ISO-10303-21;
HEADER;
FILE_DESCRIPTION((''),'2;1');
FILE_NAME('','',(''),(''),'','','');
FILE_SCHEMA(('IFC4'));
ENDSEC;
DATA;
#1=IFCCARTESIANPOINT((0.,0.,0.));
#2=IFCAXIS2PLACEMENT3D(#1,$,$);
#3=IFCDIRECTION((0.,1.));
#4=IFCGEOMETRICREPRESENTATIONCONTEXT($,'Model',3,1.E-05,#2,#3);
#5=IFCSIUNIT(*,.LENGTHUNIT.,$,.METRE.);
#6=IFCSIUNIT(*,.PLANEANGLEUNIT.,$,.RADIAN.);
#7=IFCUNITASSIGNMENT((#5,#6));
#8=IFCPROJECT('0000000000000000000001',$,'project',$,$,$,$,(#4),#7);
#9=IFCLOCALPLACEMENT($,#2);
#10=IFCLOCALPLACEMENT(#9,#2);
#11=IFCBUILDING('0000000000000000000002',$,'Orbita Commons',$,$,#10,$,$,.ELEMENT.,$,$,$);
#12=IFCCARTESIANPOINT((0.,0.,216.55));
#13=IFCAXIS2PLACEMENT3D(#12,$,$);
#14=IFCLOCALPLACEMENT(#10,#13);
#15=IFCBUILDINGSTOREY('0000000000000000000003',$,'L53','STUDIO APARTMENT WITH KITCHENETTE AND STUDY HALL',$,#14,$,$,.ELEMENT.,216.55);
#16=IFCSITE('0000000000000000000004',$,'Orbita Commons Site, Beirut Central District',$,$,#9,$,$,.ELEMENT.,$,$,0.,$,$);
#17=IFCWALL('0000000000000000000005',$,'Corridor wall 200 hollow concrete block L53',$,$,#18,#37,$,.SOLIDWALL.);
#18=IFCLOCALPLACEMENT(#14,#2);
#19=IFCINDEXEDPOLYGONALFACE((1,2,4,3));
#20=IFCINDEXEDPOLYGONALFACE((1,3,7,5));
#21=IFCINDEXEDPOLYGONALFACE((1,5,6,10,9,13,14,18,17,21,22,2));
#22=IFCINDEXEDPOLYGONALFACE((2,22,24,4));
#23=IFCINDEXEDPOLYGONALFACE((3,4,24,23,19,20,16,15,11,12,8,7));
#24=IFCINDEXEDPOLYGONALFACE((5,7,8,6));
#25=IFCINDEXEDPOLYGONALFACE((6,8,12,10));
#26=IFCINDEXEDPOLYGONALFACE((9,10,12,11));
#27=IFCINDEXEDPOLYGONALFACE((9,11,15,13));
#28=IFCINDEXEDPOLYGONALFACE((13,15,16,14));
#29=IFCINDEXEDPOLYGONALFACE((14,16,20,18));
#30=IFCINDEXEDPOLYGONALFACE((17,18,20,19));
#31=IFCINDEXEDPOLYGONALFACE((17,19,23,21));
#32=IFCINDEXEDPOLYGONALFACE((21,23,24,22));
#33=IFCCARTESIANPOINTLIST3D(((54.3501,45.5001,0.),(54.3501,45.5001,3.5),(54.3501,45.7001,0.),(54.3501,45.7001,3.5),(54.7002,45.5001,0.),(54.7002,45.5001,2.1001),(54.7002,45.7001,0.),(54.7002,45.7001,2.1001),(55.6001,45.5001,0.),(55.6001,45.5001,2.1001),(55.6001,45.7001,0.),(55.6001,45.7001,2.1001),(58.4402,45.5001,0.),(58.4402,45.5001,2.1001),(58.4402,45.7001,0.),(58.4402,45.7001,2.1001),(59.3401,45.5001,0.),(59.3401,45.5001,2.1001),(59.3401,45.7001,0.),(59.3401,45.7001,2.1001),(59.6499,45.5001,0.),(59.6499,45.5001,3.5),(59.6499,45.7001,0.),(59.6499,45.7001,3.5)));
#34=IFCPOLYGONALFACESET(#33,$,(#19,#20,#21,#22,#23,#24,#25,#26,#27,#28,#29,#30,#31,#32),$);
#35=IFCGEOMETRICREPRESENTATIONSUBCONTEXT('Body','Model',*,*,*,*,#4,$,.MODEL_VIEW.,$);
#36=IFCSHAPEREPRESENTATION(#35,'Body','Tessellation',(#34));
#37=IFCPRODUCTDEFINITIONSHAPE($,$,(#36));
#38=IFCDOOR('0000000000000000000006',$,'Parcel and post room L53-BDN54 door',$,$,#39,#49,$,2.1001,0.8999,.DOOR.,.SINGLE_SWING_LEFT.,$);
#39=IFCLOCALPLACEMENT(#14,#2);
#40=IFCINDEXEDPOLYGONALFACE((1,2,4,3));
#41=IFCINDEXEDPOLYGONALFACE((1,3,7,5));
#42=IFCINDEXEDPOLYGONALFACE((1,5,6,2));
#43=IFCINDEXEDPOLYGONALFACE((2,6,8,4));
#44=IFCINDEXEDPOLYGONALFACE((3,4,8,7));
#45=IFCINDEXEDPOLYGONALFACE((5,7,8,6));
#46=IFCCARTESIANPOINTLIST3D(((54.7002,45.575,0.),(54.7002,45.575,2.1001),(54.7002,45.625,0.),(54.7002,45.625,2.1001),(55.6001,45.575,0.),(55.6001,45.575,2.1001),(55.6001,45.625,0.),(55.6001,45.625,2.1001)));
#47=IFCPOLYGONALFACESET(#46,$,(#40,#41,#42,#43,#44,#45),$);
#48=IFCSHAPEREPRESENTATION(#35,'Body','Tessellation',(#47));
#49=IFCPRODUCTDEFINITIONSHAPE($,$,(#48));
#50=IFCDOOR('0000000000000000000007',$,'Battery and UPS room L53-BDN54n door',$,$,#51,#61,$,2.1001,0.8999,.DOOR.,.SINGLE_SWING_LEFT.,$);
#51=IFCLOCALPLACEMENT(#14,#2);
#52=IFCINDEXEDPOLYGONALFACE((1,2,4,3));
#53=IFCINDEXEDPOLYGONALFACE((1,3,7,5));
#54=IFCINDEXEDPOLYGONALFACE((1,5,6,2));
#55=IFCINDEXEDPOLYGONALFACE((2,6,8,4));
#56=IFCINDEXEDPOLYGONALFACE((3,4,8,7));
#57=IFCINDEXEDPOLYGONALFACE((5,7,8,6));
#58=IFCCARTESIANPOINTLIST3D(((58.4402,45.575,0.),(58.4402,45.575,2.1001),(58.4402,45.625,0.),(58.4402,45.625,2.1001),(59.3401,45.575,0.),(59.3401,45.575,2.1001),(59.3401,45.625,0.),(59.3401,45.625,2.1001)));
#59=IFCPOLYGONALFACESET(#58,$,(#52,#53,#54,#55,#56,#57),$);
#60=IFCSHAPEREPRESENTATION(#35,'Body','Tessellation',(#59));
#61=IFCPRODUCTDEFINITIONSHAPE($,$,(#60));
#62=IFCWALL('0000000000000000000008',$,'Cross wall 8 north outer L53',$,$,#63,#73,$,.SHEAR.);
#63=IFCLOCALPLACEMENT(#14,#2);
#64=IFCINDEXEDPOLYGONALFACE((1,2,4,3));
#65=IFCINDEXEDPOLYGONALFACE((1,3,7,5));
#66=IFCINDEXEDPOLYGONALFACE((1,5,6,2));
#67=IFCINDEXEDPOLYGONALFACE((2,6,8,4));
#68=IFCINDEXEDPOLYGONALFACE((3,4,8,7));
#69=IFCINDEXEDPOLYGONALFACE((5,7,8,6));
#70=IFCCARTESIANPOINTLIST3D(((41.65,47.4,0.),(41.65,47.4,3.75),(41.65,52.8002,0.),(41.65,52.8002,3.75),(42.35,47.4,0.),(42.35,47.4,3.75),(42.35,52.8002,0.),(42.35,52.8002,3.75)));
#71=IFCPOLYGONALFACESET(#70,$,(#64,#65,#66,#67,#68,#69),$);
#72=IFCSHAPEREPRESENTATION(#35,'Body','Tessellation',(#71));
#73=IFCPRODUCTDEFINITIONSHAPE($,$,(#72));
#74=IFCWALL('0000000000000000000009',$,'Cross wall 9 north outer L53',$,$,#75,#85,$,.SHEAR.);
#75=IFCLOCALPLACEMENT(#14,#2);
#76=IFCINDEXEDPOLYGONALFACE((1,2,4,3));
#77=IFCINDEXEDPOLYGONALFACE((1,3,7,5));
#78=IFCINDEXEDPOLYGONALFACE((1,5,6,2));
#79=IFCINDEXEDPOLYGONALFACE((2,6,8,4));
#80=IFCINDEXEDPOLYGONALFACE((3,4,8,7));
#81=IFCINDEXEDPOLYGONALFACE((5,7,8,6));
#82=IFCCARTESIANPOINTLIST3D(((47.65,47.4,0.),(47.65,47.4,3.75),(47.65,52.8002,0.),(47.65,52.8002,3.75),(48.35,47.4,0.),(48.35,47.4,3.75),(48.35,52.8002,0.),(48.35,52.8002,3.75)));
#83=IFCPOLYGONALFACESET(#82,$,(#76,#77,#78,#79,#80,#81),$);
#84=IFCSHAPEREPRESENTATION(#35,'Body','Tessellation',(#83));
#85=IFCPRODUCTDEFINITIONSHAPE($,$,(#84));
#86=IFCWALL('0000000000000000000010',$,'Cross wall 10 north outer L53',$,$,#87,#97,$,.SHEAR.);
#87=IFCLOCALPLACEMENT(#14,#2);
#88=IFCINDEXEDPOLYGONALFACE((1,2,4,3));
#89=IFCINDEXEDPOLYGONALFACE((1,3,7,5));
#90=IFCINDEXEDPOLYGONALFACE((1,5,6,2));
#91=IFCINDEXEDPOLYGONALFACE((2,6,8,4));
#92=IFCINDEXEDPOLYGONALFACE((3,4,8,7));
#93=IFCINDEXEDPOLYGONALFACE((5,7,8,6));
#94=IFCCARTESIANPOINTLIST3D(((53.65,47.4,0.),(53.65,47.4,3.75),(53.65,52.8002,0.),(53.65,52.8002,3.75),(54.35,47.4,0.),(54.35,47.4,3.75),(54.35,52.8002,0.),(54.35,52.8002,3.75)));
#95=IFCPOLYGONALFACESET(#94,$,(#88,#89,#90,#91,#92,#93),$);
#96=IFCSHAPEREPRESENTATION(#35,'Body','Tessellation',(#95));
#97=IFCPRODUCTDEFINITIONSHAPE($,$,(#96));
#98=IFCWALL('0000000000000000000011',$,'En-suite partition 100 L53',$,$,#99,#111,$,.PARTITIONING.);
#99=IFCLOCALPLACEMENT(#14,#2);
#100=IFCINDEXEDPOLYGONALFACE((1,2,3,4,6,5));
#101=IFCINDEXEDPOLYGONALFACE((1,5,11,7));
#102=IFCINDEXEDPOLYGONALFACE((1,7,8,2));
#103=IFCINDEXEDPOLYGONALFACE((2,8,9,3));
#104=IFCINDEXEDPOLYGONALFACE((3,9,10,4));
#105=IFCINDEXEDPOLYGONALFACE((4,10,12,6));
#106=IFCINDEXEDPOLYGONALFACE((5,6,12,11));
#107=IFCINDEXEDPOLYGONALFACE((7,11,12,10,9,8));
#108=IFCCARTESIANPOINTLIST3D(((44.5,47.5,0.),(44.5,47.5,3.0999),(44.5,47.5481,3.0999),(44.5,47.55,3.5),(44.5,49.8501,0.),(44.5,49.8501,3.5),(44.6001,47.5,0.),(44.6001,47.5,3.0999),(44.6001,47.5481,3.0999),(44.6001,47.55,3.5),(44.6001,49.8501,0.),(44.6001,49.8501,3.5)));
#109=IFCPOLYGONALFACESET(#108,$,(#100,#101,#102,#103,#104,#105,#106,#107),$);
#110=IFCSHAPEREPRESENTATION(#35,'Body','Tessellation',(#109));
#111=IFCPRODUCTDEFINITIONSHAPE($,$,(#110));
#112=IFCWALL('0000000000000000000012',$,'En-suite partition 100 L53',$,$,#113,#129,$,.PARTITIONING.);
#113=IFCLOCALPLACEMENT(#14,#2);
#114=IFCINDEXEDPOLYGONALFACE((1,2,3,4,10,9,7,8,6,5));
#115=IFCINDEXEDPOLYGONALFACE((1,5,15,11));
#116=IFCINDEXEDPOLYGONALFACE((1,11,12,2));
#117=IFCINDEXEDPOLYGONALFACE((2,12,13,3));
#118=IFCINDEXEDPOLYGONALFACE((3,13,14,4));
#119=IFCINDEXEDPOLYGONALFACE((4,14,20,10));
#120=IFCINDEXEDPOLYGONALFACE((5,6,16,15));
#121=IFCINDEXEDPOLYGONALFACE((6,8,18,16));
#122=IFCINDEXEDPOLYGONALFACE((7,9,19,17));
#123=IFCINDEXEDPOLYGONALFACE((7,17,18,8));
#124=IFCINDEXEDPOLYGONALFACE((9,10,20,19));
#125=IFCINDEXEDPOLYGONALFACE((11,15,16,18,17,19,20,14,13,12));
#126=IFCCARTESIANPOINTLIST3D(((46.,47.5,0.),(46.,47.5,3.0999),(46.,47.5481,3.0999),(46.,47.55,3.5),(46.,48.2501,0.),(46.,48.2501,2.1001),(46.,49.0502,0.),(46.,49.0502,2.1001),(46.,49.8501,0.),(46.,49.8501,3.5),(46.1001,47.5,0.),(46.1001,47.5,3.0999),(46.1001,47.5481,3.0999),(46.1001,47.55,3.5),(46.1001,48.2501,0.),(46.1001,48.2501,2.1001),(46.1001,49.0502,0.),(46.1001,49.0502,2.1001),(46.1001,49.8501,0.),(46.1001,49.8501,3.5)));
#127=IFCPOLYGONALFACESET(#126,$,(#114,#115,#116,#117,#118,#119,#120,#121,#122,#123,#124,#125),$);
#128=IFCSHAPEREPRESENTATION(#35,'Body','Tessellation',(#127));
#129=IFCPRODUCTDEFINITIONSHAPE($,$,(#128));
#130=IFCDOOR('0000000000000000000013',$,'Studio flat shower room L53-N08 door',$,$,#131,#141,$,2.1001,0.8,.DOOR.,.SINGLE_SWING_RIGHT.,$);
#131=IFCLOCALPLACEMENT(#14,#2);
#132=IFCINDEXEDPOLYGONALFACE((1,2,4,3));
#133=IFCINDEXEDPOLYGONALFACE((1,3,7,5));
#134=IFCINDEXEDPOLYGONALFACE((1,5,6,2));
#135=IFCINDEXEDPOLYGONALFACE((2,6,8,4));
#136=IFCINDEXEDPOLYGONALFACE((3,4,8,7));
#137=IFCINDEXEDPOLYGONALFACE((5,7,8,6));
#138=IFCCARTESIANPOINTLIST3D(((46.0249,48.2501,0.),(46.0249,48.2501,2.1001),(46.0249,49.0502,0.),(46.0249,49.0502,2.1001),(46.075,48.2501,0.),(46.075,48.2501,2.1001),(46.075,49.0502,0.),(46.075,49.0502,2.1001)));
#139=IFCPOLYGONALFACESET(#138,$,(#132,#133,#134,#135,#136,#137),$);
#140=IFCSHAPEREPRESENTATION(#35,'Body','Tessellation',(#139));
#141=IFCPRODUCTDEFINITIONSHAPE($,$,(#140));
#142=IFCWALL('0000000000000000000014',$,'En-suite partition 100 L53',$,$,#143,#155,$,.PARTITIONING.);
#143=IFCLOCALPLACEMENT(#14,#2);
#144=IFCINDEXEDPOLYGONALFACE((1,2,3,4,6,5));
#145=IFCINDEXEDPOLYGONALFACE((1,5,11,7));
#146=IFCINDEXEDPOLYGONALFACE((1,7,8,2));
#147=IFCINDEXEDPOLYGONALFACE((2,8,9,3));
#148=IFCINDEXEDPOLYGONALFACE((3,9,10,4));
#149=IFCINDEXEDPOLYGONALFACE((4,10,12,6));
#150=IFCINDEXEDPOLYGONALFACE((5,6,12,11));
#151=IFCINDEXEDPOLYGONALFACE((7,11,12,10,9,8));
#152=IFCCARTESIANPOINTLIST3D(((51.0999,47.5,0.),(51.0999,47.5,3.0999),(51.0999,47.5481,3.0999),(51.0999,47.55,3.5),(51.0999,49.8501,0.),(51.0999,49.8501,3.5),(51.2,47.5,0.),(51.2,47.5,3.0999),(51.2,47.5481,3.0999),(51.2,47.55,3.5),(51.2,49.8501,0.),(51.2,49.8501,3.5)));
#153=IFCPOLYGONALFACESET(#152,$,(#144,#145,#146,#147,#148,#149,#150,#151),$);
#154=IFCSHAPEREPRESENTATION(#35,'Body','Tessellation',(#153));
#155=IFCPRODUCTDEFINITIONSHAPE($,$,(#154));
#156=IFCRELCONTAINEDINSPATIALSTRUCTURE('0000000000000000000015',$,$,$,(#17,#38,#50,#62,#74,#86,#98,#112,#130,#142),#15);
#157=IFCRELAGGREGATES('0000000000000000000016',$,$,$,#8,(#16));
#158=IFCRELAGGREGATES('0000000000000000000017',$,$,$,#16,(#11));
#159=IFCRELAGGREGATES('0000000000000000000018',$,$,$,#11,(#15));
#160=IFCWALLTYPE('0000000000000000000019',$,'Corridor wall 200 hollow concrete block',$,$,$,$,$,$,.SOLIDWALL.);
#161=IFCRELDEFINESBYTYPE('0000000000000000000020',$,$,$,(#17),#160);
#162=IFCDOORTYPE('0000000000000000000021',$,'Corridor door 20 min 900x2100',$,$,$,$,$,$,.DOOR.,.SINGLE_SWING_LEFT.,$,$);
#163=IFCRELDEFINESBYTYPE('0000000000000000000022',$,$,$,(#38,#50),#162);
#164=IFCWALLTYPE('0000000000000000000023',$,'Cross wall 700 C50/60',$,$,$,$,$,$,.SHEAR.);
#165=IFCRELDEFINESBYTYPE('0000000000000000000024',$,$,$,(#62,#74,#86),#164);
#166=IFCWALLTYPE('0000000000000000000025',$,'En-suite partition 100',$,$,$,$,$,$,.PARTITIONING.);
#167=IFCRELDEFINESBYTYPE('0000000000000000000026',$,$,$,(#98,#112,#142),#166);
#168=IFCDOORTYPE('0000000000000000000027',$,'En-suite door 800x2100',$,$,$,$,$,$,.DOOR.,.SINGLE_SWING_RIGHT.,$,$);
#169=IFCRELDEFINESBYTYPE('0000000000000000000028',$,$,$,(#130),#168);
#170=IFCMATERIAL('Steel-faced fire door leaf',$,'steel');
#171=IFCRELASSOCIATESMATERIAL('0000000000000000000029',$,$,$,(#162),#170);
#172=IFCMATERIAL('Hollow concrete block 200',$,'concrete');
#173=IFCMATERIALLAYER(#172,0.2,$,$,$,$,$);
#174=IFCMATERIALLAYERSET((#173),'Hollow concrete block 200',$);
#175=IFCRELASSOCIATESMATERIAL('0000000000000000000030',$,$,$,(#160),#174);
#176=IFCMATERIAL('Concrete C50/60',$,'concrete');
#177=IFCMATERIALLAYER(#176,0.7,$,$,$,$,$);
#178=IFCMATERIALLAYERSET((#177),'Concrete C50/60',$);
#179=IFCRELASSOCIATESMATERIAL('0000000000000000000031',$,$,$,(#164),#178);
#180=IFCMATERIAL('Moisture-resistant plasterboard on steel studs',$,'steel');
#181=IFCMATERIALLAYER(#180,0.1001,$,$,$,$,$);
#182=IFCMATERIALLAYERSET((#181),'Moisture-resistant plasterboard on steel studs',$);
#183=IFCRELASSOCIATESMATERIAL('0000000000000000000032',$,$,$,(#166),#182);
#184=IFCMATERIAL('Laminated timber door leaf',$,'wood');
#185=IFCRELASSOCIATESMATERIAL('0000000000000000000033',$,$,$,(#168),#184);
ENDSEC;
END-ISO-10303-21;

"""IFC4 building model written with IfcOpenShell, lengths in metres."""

from ifc_helpers import new_model, si_unit, direction, frame, frame_2d, origin, place, context, subcontext, project, spatial, polyline, rectangle, outline, extrude, material, layer, layer_set, type_object, element, fill, save


model = new_model("IFC4")

# Units and contexts
model_context = context("Model", 3, precision=1e-05, world=origin(), true_north=direction((0.0, 1.0)))
body_context = subcontext(model_context, "Body", "Model", "MODEL_VIEW")
ifc_project = project(units=[si_unit("LENGTHUNIT", "METRE"), si_unit("PLANEANGLEUNIT", "RADIAN")], contexts=[model_context])

# Site, building, storey
site_placement = place(None, origin())
site = spatial("IfcSite", under=ifc_project, at=site_placement, Name="Orbita Commons Site, Beirut Central District", CompositionType="ELEMENT", RefElevation=0.0)
building_placement = place(site_placement, origin())
building = spatial("IfcBuilding", under=site, at=building_placement, Name="Orbita Commons", CompositionType="ELEMENT")
storey_placement = place(building_placement, frame((0.0, 0.0, 216.55)))
storey = spatial("IfcBuildingStorey", under=building, at=storey_placement, Name="L53", Description="STUDIO APARTMENT WITH KITCHENETTE AND STUDY HALL", CompositionType="ELEMENT", Elevation=216.55)

# Shared definitions
ifc_material_1 = material(Name="Steel-faced fire door leaf", Category="steel")
door_type_1 = type_object("IfcDoorType", Name="Corridor door 20 min 900x2100", OperationType="SINGLE_SWING_LEFT", PredefinedType="DOOR", material=ifc_material_1)

# Wall, openings, doors
ifc_material_2 = material(Name="Hollow concrete block 200", Category="concrete")
ifc_layer_1 = layer(ifc_material_2, 0.2)
ifc_layer_set_1 = layer_set([ifc_layer_1], Name="Hollow concrete block 200")
wall_type_1 = type_object("IfcWallType", Name="Corridor wall 200 hollow concrete block", PredefinedType="SOLIDWALL", material=ifc_layer_set_1)
wall_1_placement = place(storey_placement, frame((54.3501, 45.6001, 0.0), z_axis=(0.0, 0.0, 1.0), x_axis=(1.0, 0.0, 0.0)))
wall_1 = element("IfcWall", 1, at=wall_1_placement, inside=storey, type_object=wall_type_1, Name="Corridor wall 200 hollow concrete block L53", PredefinedType="SOLIDWALL", context=body_context, shape_type="SweptSolid", body=[
    extrude(rectangle(XDim=5.2998, YDim=0.2, at=frame_2d((2.6499, 0.0))), origin(), (0.0, 0.0, 1.0), 3.5),
])
opening_1_placement = place(wall_1_placement, frame((0.3501, 0.0, 0.0)))
opening_1 = element("IfcOpeningElement", 2, at=opening_1_placement, cuts=wall_1, PredefinedType="OPENING", context=body_context, shape_type="SweptSolid", body=[
    extrude(rectangle(XDim=0.8999, YDim=2.1001, at=frame_2d((0.45, 1.05))), frame((0.0, 0.1099, 0.0), z_axis=(0.0, -1.0, 0.0), x_axis=(1.0, 0.0, 0.0)), (0.0, 0.0, 1.0), 0.22),
])
opening_2_placement = place(wall_1_placement, frame((4.0901, 0.0, 0.0)))
opening_2 = element("IfcOpeningElement", 3, at=opening_2_placement, cuts=wall_1, PredefinedType="OPENING", context=body_context, shape_type="SweptSolid", body=[
    extrude(rectangle(XDim=0.8999, YDim=2.1001, at=frame_2d((0.45, 1.05))), frame((0.0, 0.1099, 0.0), z_axis=(0.0, -1.0, 0.0), x_axis=(1.0, 0.0, 0.0)), (0.0, 0.0, 1.0), 0.22),
])
door_1_placement = place(opening_1_placement, origin())
door_1 = element("IfcDoor", 4, at=door_1_placement, inside=storey, type_object=door_type_1, Name="Parcel and post room L53-BDN54 door", OperationType="SINGLE_SWING_LEFT", OverallHeight=2.1001, OverallWidth=0.8999, PredefinedType="DOOR", context=body_context, shape_type="SweptSolid", body=[
    extrude(rectangle(XDim=0.8999, YDim=2.1001, at=frame_2d((0.45, 1.05))), frame((0.0, 0.0249, 0.0), z_axis=(0.0, -1.0, 0.0), x_axis=(1.0, 0.0, 0.0)), (0.0, 0.0, 1.0), 0.05),
])
fill(opening_1, door_1)
door_2_placement = place(opening_2_placement, origin())
door_2 = element("IfcDoor", 5, at=door_2_placement, inside=storey, type_object=door_type_1, Name="Battery and UPS room L53-BDN54n door", OperationType="SINGLE_SWING_LEFT", OverallHeight=2.1001, OverallWidth=0.8999, PredefinedType="DOOR", context=body_context, shape_type="SweptSolid", body=[
    extrude(rectangle(XDim=0.8999, YDim=2.1001, at=frame_2d((0.45, 1.05))), frame((0.0, 0.0249, 0.0), z_axis=(0.0, -1.0, 0.0), x_axis=(1.0, 0.0, 0.0)), (0.0, 0.0, 1.0), 0.05),
])
fill(opening_2, door_2)

# Walls
ifc_material_3 = material(Name="Concrete C50/60", Category="concrete")
ifc_layer_2 = layer(ifc_material_3, 0.7)
ifc_layer_set_2 = layer_set([ifc_layer_2], Name="Concrete C50/60")
wall_type_2 = type_object("IfcWallType", Name="Cross wall 700 C50/60", PredefinedType="SHEAR", material=ifc_layer_set_2)
for number, where, z_axis, x_axis, name in (
    (6, (42.0, 47.3999, 0.0), (0.0, 0.0, 1.0), (0.0, 1.0, 0.0), "Cross wall 8 north outer L53"),
    (7, (48.0, 47.3999, 0.0), (0.0, 0.0, 1.0), (0.0, 1.0, 0.0), "Cross wall 9 north outer L53"),
    (8, (54.0, 47.3999, 0.0), (0.0, 0.0, 1.0), (0.0, 1.0, 0.0), "Cross wall 10 north outer L53"),
):
    element("IfcWall", number, at=place(storey_placement, frame(where, z_axis=z_axis, x_axis=x_axis)), inside=storey, type_object=wall_type_2, Name=name, PredefinedType="SHEAR", context=body_context, shape_type="SweptSolid", body=[
        extrude(rectangle(XDim=5.4001, YDim=0.7, at=frame_2d((2.7002, 0.0))), origin(), (0.0, 0.0, 1.0), 3.75),
    ])
ifc_material_4 = material(Name="Moisture-resistant plasterboard on steel studs", Category="steel")
ifc_layer_3 = layer(ifc_material_4, 0.1001)
ifc_layer_set_3 = layer_set([ifc_layer_3], Name="Moisture-resistant plasterboard on steel studs")
wall_type_3 = type_object("IfcWallType", Name="En-suite partition 100", PredefinedType="PARTITIONING", material=ifc_layer_set_3)
wall_2_placement = place(storey_placement, frame((44.55, 49.8501, 0.0), z_axis=(0.0, 0.0, 1.0), x_axis=(0.0, -1.0, 0.0)))
element("IfcWall", 9, at=wall_2_placement, inside=storey, type_object=wall_type_3, Name="En-suite partition 100 L53", PredefinedType="PARTITIONING", context=body_context, shape_type="SweptSolid", body=[
    extrude(outline(polyline([(0.0, 0.0), (2.3501, 0.0), (2.3501, 3.0999), (2.302, 3.0999), (2.3, 3.5), (0.0, 3.5), (0.0, 0.0)])), frame((0.0, 0.05, 0.0), z_axis=(0.0, -1.0, 0.0), x_axis=(1.0, 0.0, 0.0)), (0.0, 0.0, 1.0), 0.1001),
])

# Wall, opening, door
wall_3_placement = place(storey_placement, frame((46.05, 49.8501, 0.0), z_axis=(0.0, 0.0, 1.0), x_axis=(0.0, -1.0, 0.0)))
wall_3 = element("IfcWall", 10, at=wall_3_placement, inside=storey, type_object=wall_type_3, Name="En-suite partition 100 L53", PredefinedType="PARTITIONING", context=body_context, shape_type="SweptSolid", body=[
    extrude(outline(polyline([(0.0, 0.0), (2.3501, 0.0), (2.3501, 3.0999), (2.302, 3.0999), (2.3, 3.5), (0.0, 3.5), (0.0, 0.0)])), frame((0.0, 0.05, 0.0), z_axis=(0.0, -1.0, 0.0), x_axis=(1.0, 0.0, 0.0)), (0.0, 0.0, 1.0), 0.1001),
])
opening_3_placement = place(wall_3_placement, frame((0.8, 0.0, 0.0)))
opening_3 = element("IfcOpeningElement", 11, at=opening_3_placement, cuts=wall_3, PredefinedType="OPENING", context=body_context, shape_type="SweptSolid", body=[
    extrude(rectangle(XDim=0.8, YDim=2.1001, at=frame_2d((0.3999, 1.05))), frame((0.0, 0.0601, 0.0), z_axis=(0.0, -1.0, 0.0), x_axis=(1.0, 0.0, 0.0)), (0.0, 0.0, 1.0), 0.1201),
])
ifc_material_5 = material(Name="Laminated timber door leaf", Category="wood")
door_type_2 = type_object("IfcDoorType", Name="En-suite door 800x2100", OperationType="SINGLE_SWING_RIGHT", PredefinedType="DOOR", material=ifc_material_5)
door_3_placement = place(opening_3_placement, origin())
door_3 = element("IfcDoor", 12, at=door_3_placement, inside=storey, type_object=door_type_2, Name="Studio flat shower room L53-N08 door", OperationType="SINGLE_SWING_RIGHT", OverallHeight=2.1001, OverallWidth=0.8, PredefinedType="DOOR", context=body_context, shape_type="SweptSolid", body=[
    extrude(rectangle(XDim=0.8, YDim=2.1001, at=frame_2d((0.3999, 1.05))), frame((0.0, 0.0249, 0.0), z_axis=(0.0, -1.0, 0.0), x_axis=(1.0, 0.0, 0.0)), (0.0, 0.0, 1.0), 0.05),
])
fill(opening_3, door_3)

# Wall
wall_4_placement = place(storey_placement, frame((51.1499, 49.8501, 0.0), z_axis=(0.0, 0.0, 1.0), x_axis=(0.0, -1.0, 0.0)))
element("IfcWall", 13, at=wall_4_placement, inside=storey, type_object=wall_type_3, Name="En-suite partition 100 L53", PredefinedType="PARTITIONING", context=body_context, shape_type="SweptSolid", body=[
    extrude(outline(polyline([(0.0, 0.0), (2.3501, 0.0), (2.3501, 3.0999), (2.302, 3.0999), (2.3, 3.5), (0.0, 3.5), (0.0, 0.0)])), frame((0.0, 0.05, 0.0), z_axis=(0.0, -1.0, 0.0), x_axis=(1.0, 0.0, 0.0)), (0.0, 0.0, 1.0), 0.1001),
])

save(model, "model.ifc")
